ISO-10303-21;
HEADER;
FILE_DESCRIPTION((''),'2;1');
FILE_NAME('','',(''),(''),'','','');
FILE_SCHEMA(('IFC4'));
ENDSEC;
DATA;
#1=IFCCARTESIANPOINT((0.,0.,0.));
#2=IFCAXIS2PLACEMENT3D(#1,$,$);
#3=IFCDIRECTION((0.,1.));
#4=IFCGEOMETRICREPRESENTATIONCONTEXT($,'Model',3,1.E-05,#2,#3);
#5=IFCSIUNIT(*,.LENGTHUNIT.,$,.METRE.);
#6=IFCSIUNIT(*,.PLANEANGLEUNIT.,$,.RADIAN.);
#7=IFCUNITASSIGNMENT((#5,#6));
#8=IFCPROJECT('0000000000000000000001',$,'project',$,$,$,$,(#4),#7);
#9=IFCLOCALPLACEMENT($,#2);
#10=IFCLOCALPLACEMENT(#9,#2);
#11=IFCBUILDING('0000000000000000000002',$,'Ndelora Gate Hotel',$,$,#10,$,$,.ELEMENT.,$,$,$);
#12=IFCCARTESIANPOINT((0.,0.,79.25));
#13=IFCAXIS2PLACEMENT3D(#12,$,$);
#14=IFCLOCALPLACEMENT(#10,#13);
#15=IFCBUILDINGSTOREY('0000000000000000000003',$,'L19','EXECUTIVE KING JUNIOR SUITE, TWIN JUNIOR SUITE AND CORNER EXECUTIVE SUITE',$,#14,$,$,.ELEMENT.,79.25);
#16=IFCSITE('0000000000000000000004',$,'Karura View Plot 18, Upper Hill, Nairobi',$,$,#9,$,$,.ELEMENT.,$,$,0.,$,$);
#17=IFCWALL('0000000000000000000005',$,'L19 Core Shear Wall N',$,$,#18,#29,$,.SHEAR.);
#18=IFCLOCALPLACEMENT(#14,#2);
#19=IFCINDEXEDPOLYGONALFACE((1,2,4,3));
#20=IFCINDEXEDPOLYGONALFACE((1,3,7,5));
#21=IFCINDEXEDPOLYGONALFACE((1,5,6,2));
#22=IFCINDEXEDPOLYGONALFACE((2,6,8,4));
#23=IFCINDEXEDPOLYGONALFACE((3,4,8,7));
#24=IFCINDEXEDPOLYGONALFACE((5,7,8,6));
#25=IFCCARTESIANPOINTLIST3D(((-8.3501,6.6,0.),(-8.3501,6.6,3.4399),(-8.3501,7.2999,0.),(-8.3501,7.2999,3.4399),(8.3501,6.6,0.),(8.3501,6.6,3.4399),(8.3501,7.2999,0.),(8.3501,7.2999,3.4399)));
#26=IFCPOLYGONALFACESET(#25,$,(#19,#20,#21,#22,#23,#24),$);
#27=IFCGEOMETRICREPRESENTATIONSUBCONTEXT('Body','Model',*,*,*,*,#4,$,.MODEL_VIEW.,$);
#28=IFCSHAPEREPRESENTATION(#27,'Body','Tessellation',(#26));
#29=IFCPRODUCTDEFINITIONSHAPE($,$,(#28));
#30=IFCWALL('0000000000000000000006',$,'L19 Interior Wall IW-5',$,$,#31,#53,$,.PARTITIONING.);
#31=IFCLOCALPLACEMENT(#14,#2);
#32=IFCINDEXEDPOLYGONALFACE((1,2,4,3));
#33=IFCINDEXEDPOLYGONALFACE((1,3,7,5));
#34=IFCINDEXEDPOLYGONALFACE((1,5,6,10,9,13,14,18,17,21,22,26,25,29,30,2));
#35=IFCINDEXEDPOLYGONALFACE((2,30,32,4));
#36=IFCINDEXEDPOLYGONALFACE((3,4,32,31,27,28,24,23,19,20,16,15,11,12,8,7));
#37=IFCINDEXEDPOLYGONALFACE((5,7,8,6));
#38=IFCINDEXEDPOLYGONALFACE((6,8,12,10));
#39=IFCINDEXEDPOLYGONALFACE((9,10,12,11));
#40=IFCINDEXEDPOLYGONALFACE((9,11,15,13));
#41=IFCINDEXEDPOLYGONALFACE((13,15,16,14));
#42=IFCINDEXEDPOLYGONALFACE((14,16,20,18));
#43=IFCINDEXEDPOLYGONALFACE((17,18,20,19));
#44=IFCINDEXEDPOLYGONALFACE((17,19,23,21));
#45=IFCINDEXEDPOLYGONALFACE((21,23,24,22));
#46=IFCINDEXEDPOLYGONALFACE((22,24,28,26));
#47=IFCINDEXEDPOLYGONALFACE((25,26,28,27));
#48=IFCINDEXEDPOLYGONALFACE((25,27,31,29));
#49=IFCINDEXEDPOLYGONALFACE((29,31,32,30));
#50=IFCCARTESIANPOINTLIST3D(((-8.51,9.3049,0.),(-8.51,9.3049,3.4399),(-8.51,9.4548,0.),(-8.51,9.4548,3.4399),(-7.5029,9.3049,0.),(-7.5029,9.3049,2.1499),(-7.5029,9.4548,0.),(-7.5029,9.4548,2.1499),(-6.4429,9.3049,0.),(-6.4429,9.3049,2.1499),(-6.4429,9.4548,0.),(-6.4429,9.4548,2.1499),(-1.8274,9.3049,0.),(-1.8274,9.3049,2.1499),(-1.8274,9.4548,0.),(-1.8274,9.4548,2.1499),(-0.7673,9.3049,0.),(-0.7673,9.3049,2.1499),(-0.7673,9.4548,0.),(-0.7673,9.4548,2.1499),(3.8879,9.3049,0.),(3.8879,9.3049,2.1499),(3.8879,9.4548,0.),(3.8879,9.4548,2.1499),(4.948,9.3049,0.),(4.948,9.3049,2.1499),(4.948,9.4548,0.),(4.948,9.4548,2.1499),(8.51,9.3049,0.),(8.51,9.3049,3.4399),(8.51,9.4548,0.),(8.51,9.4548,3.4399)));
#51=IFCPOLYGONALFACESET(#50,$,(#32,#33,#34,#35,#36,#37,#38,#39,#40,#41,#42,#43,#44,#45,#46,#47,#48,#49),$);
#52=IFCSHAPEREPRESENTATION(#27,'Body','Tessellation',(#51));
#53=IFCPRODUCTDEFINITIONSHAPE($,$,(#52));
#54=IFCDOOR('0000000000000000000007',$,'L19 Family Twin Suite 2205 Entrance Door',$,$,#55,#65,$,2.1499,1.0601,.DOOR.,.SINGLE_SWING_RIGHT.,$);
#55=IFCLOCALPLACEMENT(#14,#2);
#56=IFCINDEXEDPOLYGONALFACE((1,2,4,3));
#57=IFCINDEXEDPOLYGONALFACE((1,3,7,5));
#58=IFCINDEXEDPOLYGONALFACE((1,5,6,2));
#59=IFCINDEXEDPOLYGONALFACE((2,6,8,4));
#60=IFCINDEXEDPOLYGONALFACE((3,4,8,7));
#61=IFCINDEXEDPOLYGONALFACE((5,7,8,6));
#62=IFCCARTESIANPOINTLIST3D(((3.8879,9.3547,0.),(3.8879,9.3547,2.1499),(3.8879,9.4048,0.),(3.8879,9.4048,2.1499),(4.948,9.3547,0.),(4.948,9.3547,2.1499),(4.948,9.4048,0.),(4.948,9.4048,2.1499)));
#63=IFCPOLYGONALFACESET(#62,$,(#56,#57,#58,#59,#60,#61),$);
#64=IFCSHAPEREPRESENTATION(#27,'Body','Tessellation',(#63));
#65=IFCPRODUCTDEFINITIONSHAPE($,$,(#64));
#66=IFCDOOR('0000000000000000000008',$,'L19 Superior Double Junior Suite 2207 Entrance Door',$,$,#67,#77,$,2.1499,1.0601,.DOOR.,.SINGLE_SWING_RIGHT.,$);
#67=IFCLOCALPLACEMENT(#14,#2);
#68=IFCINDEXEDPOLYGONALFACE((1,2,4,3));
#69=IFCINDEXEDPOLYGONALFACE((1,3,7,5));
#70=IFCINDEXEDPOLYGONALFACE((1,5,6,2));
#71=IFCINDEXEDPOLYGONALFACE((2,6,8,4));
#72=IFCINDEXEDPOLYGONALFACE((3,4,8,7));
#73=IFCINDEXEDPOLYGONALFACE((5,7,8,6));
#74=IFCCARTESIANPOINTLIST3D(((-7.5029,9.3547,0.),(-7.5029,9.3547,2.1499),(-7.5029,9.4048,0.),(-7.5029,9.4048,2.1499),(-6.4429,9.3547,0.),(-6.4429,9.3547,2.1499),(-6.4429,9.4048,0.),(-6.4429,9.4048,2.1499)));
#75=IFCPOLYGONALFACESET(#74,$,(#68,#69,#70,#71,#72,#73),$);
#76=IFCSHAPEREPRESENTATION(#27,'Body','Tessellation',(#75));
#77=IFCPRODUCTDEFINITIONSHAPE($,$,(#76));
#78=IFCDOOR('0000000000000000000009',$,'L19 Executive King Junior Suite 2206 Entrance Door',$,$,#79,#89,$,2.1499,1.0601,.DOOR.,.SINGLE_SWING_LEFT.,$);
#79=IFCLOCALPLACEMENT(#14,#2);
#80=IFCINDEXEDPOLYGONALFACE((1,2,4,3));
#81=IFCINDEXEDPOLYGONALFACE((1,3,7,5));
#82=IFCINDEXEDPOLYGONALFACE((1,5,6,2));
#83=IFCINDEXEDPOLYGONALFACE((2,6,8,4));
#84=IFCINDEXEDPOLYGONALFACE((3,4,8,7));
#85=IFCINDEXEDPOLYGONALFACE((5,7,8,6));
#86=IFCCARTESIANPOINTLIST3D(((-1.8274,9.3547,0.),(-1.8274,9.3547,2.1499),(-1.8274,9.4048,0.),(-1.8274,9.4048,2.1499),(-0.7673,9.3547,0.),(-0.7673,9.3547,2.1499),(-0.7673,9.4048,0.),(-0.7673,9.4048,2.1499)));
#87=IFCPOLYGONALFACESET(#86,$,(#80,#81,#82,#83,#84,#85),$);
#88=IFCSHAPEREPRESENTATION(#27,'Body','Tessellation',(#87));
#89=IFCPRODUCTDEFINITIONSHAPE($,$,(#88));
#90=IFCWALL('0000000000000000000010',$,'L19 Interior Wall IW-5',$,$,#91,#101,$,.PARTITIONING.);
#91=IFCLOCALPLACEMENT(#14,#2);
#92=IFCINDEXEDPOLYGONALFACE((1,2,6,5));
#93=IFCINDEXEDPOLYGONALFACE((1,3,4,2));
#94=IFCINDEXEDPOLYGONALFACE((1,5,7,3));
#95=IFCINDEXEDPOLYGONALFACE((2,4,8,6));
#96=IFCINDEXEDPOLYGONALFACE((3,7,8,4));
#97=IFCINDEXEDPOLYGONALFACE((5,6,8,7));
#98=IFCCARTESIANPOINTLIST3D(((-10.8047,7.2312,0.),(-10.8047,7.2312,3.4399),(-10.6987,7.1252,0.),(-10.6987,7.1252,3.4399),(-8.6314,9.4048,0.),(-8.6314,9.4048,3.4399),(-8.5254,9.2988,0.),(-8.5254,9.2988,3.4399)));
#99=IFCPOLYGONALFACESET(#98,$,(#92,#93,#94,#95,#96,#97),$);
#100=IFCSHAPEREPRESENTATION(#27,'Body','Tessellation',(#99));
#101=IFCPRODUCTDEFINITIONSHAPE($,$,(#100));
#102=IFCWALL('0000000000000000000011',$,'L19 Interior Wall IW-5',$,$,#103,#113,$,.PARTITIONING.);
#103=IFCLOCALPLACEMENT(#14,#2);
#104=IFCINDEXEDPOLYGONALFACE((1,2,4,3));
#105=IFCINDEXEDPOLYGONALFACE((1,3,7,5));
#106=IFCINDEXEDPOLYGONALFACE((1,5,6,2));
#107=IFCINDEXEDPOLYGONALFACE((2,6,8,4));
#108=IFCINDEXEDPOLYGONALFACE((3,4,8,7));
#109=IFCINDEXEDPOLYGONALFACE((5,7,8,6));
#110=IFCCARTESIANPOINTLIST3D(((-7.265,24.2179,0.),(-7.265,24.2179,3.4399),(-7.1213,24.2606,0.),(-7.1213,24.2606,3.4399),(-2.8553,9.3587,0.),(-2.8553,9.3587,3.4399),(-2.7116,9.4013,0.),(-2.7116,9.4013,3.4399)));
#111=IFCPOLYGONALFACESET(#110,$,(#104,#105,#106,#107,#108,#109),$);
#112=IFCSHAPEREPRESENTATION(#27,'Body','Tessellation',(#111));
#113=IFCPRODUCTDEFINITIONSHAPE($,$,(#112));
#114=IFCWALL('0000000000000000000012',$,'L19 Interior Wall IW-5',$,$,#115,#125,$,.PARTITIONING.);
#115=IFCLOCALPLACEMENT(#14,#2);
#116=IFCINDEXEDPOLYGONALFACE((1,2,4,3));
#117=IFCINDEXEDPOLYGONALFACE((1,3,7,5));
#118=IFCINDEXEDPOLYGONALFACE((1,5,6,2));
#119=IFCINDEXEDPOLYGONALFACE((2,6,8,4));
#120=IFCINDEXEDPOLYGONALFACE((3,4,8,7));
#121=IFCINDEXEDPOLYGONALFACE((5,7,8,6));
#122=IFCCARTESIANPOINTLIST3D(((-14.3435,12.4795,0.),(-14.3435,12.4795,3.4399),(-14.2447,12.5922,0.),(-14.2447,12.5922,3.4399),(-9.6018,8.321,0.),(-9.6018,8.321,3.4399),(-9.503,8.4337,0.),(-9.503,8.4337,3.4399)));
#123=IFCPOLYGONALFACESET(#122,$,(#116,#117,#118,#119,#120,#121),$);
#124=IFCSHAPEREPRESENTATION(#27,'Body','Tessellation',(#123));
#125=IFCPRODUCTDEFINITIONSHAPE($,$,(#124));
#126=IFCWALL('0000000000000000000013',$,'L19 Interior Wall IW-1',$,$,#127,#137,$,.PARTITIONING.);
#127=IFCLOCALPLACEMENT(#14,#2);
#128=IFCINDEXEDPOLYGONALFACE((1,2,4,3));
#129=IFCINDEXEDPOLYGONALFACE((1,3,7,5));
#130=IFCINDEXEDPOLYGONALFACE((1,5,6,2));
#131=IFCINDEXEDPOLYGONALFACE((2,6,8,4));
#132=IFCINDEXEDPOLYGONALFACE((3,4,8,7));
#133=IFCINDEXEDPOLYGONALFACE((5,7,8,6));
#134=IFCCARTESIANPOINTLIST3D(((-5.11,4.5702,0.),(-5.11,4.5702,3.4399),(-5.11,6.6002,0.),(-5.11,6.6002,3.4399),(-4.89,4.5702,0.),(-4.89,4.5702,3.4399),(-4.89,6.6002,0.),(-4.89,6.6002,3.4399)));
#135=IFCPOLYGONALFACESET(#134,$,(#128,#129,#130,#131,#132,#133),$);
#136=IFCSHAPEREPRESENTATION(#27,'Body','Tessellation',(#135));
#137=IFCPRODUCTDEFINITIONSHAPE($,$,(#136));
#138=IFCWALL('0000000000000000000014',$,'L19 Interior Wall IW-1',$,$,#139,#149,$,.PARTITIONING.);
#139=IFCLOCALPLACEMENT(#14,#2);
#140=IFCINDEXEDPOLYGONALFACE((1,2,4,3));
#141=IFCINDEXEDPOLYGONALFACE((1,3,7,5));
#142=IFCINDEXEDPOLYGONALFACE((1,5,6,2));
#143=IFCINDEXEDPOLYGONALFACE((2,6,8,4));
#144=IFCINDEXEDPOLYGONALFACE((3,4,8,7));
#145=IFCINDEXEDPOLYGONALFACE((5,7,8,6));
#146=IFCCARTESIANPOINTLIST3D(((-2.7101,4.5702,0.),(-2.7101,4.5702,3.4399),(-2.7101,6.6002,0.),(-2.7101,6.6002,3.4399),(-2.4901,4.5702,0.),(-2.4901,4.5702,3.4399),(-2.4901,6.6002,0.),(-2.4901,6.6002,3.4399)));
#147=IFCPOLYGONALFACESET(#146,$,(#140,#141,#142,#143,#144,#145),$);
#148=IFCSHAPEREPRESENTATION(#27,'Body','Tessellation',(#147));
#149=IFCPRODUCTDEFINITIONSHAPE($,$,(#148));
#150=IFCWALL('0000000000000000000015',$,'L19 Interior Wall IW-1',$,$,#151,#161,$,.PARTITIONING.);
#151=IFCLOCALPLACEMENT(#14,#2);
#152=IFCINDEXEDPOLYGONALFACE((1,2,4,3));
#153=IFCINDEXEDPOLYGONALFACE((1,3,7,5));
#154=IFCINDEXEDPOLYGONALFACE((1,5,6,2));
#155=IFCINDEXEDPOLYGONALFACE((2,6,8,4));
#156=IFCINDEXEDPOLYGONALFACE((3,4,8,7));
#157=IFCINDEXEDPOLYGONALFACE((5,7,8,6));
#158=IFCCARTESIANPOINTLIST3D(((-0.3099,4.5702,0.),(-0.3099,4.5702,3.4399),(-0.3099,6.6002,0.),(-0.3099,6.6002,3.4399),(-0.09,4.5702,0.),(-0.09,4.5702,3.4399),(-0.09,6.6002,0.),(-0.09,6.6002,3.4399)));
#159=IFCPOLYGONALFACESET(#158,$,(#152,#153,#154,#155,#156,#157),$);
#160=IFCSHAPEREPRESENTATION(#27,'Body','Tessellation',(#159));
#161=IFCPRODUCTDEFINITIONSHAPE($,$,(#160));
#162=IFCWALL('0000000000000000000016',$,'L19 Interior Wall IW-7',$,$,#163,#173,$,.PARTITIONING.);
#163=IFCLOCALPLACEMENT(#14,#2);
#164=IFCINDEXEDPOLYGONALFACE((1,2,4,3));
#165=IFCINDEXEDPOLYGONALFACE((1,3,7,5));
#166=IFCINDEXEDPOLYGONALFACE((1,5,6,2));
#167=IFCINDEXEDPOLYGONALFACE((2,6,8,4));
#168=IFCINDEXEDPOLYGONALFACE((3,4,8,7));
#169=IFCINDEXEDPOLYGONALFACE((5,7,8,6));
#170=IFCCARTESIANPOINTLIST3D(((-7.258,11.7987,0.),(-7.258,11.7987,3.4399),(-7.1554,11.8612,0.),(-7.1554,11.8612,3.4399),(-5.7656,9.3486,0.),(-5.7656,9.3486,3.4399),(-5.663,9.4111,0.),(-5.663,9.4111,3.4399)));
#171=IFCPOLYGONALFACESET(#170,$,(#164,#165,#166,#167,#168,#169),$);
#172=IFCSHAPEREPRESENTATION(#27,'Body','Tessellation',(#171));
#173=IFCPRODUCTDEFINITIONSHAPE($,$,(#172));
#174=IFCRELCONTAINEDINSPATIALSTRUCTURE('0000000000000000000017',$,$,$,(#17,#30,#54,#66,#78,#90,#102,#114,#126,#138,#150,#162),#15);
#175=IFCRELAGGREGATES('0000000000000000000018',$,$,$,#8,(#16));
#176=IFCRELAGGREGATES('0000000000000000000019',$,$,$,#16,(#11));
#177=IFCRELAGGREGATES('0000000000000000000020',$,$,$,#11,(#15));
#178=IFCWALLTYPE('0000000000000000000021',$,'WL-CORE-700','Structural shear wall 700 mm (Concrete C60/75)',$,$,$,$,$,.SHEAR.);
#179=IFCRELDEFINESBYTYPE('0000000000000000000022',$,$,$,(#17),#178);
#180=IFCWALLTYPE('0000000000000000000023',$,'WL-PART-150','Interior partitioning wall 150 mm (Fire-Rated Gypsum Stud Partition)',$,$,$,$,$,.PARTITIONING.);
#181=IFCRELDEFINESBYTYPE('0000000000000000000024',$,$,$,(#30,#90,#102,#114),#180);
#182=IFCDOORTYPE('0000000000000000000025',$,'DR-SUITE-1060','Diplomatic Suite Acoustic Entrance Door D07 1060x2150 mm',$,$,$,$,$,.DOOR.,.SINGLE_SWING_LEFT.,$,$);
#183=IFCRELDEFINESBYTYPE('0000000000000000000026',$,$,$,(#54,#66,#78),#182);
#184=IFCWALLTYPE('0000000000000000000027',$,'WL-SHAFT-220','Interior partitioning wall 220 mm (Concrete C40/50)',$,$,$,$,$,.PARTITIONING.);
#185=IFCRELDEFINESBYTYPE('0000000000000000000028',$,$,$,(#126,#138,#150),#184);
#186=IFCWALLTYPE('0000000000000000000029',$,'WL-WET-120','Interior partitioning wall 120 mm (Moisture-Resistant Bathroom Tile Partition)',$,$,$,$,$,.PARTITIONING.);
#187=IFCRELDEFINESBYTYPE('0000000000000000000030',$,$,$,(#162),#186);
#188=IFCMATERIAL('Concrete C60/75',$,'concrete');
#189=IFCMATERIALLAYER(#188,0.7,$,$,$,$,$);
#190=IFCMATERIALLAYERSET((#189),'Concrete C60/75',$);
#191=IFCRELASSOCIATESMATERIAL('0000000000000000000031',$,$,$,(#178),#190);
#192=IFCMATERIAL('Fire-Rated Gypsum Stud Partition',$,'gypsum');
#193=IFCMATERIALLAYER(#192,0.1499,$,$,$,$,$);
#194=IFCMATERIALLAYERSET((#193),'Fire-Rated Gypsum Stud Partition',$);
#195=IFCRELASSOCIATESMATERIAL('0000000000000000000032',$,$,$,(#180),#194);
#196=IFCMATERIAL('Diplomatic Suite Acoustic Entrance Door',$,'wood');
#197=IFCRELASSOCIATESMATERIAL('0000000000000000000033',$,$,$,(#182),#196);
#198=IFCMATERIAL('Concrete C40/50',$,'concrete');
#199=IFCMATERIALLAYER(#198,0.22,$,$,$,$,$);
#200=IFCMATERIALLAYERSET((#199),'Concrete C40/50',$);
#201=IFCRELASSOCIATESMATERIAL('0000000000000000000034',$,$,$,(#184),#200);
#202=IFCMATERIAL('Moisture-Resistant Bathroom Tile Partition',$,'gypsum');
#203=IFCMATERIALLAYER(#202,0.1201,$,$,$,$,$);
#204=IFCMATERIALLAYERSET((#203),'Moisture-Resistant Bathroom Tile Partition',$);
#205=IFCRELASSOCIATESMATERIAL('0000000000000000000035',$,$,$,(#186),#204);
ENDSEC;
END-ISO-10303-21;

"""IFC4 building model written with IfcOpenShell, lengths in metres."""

from ifc_helpers import new_model, si_unit, direction, frame, frame_2d, origin, place, context, subcontext, project, spatial, rectangle, extrude, material, layer, layer_set, type_object, element, fill, save


model = new_model("IFC4")

# Units and contexts
model_context = context("Model", 3, precision=1e-05, world=origin(), true_north=direction((0.0, 1.0)))
body_context = subcontext(model_context, "Body", "Model", "MODEL_VIEW")
ifc_project = project(units=[si_unit("LENGTHUNIT", "METRE"), si_unit("PLANEANGLEUNIT", "RADIAN")], contexts=[model_context])

# Site, building, storey
site_placement = place(None, origin())
site = spatial("IfcSite", under=ifc_project, at=site_placement, Name="Karura View Plot 18, Upper Hill, Nairobi", CompositionType="ELEMENT", RefElevation=0.0)
building_placement = place(site_placement, origin())
building = spatial("IfcBuilding", under=site, at=building_placement, Name="Ndelora Gate Hotel", CompositionType="ELEMENT")
storey_placement = place(building_placement, frame((0.0, 0.0, 79.25)))
storey = spatial("IfcBuildingStorey", under=building, at=storey_placement, Name="L19", Description="EXECUTIVE KING JUNIOR SUITE, TWIN JUNIOR SUITE AND CORNER EXECUTIVE SUITE", CompositionType="ELEMENT", Elevation=79.25)

# Shared definitions
ifc_material_1 = material(Name="Concrete C60/75", Category="concrete")

# Wall
ifc_layer_1 = layer(ifc_material_1, 0.7)
ifc_layer_set_1 = layer_set([ifc_layer_1], Name="Concrete C60/75")
wall_type_1 = type_object("IfcWallType", Name="WL-CORE-700", Description="Structural shear wall 700 mm (Concrete C60/75)", PredefinedType="SHEAR", material=ifc_layer_set_1)
wall_1_placement = place(storey_placement, frame((-8.3501, 6.95, 0.0), z_axis=(0.0, 0.0, 1.0), x_axis=(1.0, 0.0, 0.0)))
element("IfcWall", 1, at=wall_1_placement, inside=storey, type_object=wall_type_1, Name="L19 Core Shear Wall N", PredefinedType="SHEAR", context=body_context, shape_type="SweptSolid", body=[
    extrude(rectangle(XDim=16.7002, YDim=0.7, at=frame_2d((8.3501, 0.0))), origin(), (0.0, 0.0, 1.0), 3.4399),
])

# Wall, openings, doors
ifc_material_2 = material(Name="Fire-Rated Gypsum Stud Partition", Category="gypsum")
ifc_layer_2 = layer(ifc_material_2, 0.1499)
ifc_layer_set_2 = layer_set([ifc_layer_2], Name="Fire-Rated Gypsum Stud Partition")
wall_type_2 = type_object("IfcWallType", Name="WL-PART-150", Description="Interior partitioning wall 150 mm (Fire-Rated Gypsum Stud Partition)", PredefinedType="PARTITIONING", material=ifc_layer_set_2)
wall_2_placement = place(storey_placement, frame((-8.51, 9.3799, 0.0), z_axis=(0.0, 0.0, 1.0), x_axis=(1.0, 0.0, 0.0)))
wall_2 = element("IfcWall", 2, at=wall_2_placement, inside=storey, type_object=wall_type_2, Name="L19 Interior Wall IW-5", PredefinedType="PARTITIONING", context=body_context, shape_type="SweptSolid", body=[
    extrude(rectangle(XDim=17.02, YDim=0.1499, at=frame_2d((8.51, 0.0))), origin(), (0.0, 0.0, 1.0), 3.4399),
])
opening_1_placement = place(wall_2_placement, frame((12.3979, 0.0, 0.0)))
opening_1 = element("IfcOpeningElement", 3, at=opening_1_placement, cuts=wall_2, PredefinedType="OPENING", context=body_context, shape_type="SweptSolid", body=[
    extrude(rectangle(XDim=1.0601, YDim=2.1499, at=frame_2d((0.53, 1.075))), frame((0.0, 0.085, 0.0), z_axis=(0.0, -1.0, 0.0), x_axis=(1.0, 0.0, 0.0)), (0.0, 0.0, 1.0), 0.1699),
])
opening_2_placement = place(wall_2_placement, frame((1.0071, 0.0, 0.0)))
opening_2 = element("IfcOpeningElement", 4, at=opening_2_placement, cuts=wall_2, PredefinedType="OPENING", context=body_context, shape_type="SweptSolid", body=[
    extrude(rectangle(XDim=1.0601, YDim=2.1499, at=frame_2d((0.53, 1.075))), frame((0.0, 0.085, 0.0), z_axis=(0.0, -1.0, 0.0), x_axis=(1.0, 0.0, 0.0)), (0.0, 0.0, 1.0), 0.1699),
])
opening_3_placement = place(wall_2_placement, frame((6.6826, 0.0, 0.0)))
opening_3 = element("IfcOpeningElement", 5, at=opening_3_placement, cuts=wall_2, PredefinedType="OPENING", context=body_context, shape_type="SweptSolid", body=[
    extrude(rectangle(XDim=1.0601, YDim=2.1499, at=frame_2d((0.53, 1.075))), frame((0.0, 0.085, 0.0), z_axis=(0.0, -1.0, 0.0), x_axis=(1.0, 0.0, 0.0)), (0.0, 0.0, 1.0), 0.1699),
])
ifc_material_3 = material(Name="Diplomatic Suite Acoustic Entrance Door", Category="wood")
door_type_1 = type_object("IfcDoorType", Name="DR-SUITE-1060", Description="Diplomatic Suite Acoustic Entrance Door D07 1060x2150 mm", OperationType="SINGLE_SWING_LEFT", PredefinedType="DOOR", material=ifc_material_3)
door_1_placement = place(opening_1_placement, origin())
door_1 = element("IfcDoor", 6, at=door_1_placement, inside=storey, type_object=door_type_1, Name="L19 Family Twin Suite 2205 Entrance Door", OperationType="SINGLE_SWING_RIGHT", OverallHeight=2.1499, OverallWidth=1.0601, PredefinedType="DOOR", context=body_context, shape_type="SweptSolid", body=[
    extrude(rectangle(XDim=1.0601, YDim=2.1499, at=frame_2d((0.53, 1.075))), frame((0.0, 0.0249, 0.0), z_axis=(0.0, -1.0, 0.0), x_axis=(1.0, 0.0, 0.0)), (0.0, 0.0, 1.0), 0.05),
])
fill(opening_1, door_1)
door_2_placement = place(opening_2_placement, origin())
door_2 = element("IfcDoor", 7, at=door_2_placement, inside=storey, type_object=door_type_1, Name="L19 Superior Double Junior Suite 2207 Entrance Door", OperationType="SINGLE_SWING_RIGHT", OverallHeight=2.1499, OverallWidth=1.0601, PredefinedType="DOOR", context=body_context, shape_type="SweptSolid", body=[
    extrude(rectangle(XDim=1.0601, YDim=2.1499, at=frame_2d((0.53, 1.075))), frame((0.0, 0.0249, 0.0), z_axis=(0.0, -1.0, 0.0), x_axis=(1.0, 0.0, 0.0)), (0.0, 0.0, 1.0), 0.05),
])
fill(opening_2, door_2)
door_3_placement = place(opening_3_placement, origin())
door_3 = element("IfcDoor", 8, at=door_3_placement, inside=storey, type_object=door_type_1, Name="L19 Executive King Junior Suite 2206 Entrance Door", OperationType="SINGLE_SWING_LEFT", OverallHeight=2.1499, OverallWidth=1.0601, PredefinedType="DOOR", context=body_context, shape_type="SweptSolid", body=[
    extrude(rectangle(XDim=1.0601, YDim=2.1499, at=frame_2d((0.53, 1.075))), frame((0.0, 0.0249, 0.0), z_axis=(0.0, -1.0, 0.0), x_axis=(1.0, 0.0, 0.0)), (0.0, 0.0, 1.0), 0.05),
])
fill(opening_3, door_3)

# Walls
wall_3_placement = place(storey_placement, frame((-10.7517, 7.1782, 0.0), z_axis=(0.0, 0.0, 1.0), x_axis=(0.707067, 0.707146, 0.0)))
element("IfcWall", 9, at=wall_3_placement, inside=storey, type_object=wall_type_2, Name="L19 Interior Wall IW-5", PredefinedType="PARTITIONING", context=body_context, shape_type="SweptSolid", body=[
    extrude(rectangle(XDim=3.0737, YDim=0.1499, at=frame_2d((1.5369, 0.0))), origin(), (0.0, 0.0, 1.0), 3.4399),
])
wall_4_placement = place(storey_placement, frame((-2.7834, 9.3799, 0.0), z_axis=(0.0, 0.0, 1.0), x_axis=(-0.284497, 0.958677, 0.0)))
element("IfcWall", 10, at=wall_4_placement, inside=storey, type_object=wall_type_2, Name="L19 Interior Wall IW-5", PredefinedType="PARTITIONING", context=body_context, shape_type="SweptSolid", body=[
    extrude(rectangle(XDim=15.4998, YDim=0.1499, at=frame_2d((7.75, 0.0))), origin(), (0.0, 0.0, 1.0), 3.4399),
])
wall_5_placement = place(storey_placement, frame((-9.5525, 8.3774, 0.0), z_axis=(0.0, 0.0, 1.0), x_axis=(-0.751833, 0.659354, 0.0)))
element("IfcWall", 11, at=wall_5_placement, inside=storey, type_object=wall_type_2, Name="L19 Interior Wall IW-5", PredefinedType="PARTITIONING", context=body_context, shape_type="SweptSolid", body=[
    extrude(rectangle(XDim=6.3069, YDim=0.1499, at=frame_2d((3.1533, 0.0))), origin(), (0.0, 0.0, 1.0), 3.4399),
])
ifc_material_4 = material(Name="Concrete C40/50", Category="concrete")
ifc_layer_3 = layer(ifc_material_4, 0.22)
ifc_layer_set_3 = layer_set([ifc_layer_3], Name="Concrete C40/50")
wall_type_3 = type_object("IfcWallType", Name="WL-SHAFT-220", Description="Interior partitioning wall 220 mm (Concrete C40/50)", PredefinedType="PARTITIONING", material=ifc_layer_set_3)
for number, where, z_axis, x_axis, name in (
    (12, (-5.0, 4.5701, 0.0), (0.0, 0.0, 1.0), (0.0, 1.0, 0.0), "L19 Interior Wall IW-1"),
    (13, (-2.6001, 4.5701, 0.0), (0.0, 0.0, 1.0), (0.0, 1.0, 0.0), "L19 Interior Wall IW-1"),
    (14, (-0.2, 4.5701, 0.0), (0.0, 0.0, 1.0), (0.0, 1.0, 0.0), "L19 Interior Wall IW-1"),
):
    element("IfcWall", number, at=place(storey_placement, frame(where, z_axis=z_axis, x_axis=x_axis)), inside=storey, type_object=wall_type_3, Name=name, PredefinedType="PARTITIONING", context=body_context, shape_type="SweptSolid", body=[
        extrude(rectangle(XDim=2.03, YDim=0.22, at=frame_2d((1.0151, 0.0))), origin(), (0.0, 0.0, 1.0), 3.4399),
    ])
ifc_material_5 = material(Name="Moisture-Resistant Bathroom Tile Partition", Category="gypsum")
ifc_layer_4 = layer(ifc_material_5, 0.1201)
ifc_layer_set_4 = layer_set([ifc_layer_4], Name="Moisture-Resistant Bathroom Tile Partition")
wall_type_4 = type_object("IfcWallType", Name="WL-WET-120", Description="Interior partitioning wall 120 mm (Moisture-Resistant Bathroom Tile Partition)", PredefinedType="PARTITIONING", material=ifc_layer_set_4)
wall_6_placement = place(storey_placement, frame((-7.2068, 11.8301, 0.0), z_axis=(0.0, 0.0, 1.0), x_axis=(0.520203, -0.854042, 0.0)))
element("IfcWall", 15, at=wall_6_placement, inside=storey, type_object=wall_type_4, Name="L19 Interior Wall IW-7", PredefinedType="PARTITIONING", context=body_context, shape_type="SweptSolid", body=[
    extrude(rectangle(XDim=2.8689, YDim=0.1201, at=frame_2d((1.4346, 0.0))), origin(), (0.0, 0.0, 1.0), 3.4399),
])

save(model, "model.ifc")
